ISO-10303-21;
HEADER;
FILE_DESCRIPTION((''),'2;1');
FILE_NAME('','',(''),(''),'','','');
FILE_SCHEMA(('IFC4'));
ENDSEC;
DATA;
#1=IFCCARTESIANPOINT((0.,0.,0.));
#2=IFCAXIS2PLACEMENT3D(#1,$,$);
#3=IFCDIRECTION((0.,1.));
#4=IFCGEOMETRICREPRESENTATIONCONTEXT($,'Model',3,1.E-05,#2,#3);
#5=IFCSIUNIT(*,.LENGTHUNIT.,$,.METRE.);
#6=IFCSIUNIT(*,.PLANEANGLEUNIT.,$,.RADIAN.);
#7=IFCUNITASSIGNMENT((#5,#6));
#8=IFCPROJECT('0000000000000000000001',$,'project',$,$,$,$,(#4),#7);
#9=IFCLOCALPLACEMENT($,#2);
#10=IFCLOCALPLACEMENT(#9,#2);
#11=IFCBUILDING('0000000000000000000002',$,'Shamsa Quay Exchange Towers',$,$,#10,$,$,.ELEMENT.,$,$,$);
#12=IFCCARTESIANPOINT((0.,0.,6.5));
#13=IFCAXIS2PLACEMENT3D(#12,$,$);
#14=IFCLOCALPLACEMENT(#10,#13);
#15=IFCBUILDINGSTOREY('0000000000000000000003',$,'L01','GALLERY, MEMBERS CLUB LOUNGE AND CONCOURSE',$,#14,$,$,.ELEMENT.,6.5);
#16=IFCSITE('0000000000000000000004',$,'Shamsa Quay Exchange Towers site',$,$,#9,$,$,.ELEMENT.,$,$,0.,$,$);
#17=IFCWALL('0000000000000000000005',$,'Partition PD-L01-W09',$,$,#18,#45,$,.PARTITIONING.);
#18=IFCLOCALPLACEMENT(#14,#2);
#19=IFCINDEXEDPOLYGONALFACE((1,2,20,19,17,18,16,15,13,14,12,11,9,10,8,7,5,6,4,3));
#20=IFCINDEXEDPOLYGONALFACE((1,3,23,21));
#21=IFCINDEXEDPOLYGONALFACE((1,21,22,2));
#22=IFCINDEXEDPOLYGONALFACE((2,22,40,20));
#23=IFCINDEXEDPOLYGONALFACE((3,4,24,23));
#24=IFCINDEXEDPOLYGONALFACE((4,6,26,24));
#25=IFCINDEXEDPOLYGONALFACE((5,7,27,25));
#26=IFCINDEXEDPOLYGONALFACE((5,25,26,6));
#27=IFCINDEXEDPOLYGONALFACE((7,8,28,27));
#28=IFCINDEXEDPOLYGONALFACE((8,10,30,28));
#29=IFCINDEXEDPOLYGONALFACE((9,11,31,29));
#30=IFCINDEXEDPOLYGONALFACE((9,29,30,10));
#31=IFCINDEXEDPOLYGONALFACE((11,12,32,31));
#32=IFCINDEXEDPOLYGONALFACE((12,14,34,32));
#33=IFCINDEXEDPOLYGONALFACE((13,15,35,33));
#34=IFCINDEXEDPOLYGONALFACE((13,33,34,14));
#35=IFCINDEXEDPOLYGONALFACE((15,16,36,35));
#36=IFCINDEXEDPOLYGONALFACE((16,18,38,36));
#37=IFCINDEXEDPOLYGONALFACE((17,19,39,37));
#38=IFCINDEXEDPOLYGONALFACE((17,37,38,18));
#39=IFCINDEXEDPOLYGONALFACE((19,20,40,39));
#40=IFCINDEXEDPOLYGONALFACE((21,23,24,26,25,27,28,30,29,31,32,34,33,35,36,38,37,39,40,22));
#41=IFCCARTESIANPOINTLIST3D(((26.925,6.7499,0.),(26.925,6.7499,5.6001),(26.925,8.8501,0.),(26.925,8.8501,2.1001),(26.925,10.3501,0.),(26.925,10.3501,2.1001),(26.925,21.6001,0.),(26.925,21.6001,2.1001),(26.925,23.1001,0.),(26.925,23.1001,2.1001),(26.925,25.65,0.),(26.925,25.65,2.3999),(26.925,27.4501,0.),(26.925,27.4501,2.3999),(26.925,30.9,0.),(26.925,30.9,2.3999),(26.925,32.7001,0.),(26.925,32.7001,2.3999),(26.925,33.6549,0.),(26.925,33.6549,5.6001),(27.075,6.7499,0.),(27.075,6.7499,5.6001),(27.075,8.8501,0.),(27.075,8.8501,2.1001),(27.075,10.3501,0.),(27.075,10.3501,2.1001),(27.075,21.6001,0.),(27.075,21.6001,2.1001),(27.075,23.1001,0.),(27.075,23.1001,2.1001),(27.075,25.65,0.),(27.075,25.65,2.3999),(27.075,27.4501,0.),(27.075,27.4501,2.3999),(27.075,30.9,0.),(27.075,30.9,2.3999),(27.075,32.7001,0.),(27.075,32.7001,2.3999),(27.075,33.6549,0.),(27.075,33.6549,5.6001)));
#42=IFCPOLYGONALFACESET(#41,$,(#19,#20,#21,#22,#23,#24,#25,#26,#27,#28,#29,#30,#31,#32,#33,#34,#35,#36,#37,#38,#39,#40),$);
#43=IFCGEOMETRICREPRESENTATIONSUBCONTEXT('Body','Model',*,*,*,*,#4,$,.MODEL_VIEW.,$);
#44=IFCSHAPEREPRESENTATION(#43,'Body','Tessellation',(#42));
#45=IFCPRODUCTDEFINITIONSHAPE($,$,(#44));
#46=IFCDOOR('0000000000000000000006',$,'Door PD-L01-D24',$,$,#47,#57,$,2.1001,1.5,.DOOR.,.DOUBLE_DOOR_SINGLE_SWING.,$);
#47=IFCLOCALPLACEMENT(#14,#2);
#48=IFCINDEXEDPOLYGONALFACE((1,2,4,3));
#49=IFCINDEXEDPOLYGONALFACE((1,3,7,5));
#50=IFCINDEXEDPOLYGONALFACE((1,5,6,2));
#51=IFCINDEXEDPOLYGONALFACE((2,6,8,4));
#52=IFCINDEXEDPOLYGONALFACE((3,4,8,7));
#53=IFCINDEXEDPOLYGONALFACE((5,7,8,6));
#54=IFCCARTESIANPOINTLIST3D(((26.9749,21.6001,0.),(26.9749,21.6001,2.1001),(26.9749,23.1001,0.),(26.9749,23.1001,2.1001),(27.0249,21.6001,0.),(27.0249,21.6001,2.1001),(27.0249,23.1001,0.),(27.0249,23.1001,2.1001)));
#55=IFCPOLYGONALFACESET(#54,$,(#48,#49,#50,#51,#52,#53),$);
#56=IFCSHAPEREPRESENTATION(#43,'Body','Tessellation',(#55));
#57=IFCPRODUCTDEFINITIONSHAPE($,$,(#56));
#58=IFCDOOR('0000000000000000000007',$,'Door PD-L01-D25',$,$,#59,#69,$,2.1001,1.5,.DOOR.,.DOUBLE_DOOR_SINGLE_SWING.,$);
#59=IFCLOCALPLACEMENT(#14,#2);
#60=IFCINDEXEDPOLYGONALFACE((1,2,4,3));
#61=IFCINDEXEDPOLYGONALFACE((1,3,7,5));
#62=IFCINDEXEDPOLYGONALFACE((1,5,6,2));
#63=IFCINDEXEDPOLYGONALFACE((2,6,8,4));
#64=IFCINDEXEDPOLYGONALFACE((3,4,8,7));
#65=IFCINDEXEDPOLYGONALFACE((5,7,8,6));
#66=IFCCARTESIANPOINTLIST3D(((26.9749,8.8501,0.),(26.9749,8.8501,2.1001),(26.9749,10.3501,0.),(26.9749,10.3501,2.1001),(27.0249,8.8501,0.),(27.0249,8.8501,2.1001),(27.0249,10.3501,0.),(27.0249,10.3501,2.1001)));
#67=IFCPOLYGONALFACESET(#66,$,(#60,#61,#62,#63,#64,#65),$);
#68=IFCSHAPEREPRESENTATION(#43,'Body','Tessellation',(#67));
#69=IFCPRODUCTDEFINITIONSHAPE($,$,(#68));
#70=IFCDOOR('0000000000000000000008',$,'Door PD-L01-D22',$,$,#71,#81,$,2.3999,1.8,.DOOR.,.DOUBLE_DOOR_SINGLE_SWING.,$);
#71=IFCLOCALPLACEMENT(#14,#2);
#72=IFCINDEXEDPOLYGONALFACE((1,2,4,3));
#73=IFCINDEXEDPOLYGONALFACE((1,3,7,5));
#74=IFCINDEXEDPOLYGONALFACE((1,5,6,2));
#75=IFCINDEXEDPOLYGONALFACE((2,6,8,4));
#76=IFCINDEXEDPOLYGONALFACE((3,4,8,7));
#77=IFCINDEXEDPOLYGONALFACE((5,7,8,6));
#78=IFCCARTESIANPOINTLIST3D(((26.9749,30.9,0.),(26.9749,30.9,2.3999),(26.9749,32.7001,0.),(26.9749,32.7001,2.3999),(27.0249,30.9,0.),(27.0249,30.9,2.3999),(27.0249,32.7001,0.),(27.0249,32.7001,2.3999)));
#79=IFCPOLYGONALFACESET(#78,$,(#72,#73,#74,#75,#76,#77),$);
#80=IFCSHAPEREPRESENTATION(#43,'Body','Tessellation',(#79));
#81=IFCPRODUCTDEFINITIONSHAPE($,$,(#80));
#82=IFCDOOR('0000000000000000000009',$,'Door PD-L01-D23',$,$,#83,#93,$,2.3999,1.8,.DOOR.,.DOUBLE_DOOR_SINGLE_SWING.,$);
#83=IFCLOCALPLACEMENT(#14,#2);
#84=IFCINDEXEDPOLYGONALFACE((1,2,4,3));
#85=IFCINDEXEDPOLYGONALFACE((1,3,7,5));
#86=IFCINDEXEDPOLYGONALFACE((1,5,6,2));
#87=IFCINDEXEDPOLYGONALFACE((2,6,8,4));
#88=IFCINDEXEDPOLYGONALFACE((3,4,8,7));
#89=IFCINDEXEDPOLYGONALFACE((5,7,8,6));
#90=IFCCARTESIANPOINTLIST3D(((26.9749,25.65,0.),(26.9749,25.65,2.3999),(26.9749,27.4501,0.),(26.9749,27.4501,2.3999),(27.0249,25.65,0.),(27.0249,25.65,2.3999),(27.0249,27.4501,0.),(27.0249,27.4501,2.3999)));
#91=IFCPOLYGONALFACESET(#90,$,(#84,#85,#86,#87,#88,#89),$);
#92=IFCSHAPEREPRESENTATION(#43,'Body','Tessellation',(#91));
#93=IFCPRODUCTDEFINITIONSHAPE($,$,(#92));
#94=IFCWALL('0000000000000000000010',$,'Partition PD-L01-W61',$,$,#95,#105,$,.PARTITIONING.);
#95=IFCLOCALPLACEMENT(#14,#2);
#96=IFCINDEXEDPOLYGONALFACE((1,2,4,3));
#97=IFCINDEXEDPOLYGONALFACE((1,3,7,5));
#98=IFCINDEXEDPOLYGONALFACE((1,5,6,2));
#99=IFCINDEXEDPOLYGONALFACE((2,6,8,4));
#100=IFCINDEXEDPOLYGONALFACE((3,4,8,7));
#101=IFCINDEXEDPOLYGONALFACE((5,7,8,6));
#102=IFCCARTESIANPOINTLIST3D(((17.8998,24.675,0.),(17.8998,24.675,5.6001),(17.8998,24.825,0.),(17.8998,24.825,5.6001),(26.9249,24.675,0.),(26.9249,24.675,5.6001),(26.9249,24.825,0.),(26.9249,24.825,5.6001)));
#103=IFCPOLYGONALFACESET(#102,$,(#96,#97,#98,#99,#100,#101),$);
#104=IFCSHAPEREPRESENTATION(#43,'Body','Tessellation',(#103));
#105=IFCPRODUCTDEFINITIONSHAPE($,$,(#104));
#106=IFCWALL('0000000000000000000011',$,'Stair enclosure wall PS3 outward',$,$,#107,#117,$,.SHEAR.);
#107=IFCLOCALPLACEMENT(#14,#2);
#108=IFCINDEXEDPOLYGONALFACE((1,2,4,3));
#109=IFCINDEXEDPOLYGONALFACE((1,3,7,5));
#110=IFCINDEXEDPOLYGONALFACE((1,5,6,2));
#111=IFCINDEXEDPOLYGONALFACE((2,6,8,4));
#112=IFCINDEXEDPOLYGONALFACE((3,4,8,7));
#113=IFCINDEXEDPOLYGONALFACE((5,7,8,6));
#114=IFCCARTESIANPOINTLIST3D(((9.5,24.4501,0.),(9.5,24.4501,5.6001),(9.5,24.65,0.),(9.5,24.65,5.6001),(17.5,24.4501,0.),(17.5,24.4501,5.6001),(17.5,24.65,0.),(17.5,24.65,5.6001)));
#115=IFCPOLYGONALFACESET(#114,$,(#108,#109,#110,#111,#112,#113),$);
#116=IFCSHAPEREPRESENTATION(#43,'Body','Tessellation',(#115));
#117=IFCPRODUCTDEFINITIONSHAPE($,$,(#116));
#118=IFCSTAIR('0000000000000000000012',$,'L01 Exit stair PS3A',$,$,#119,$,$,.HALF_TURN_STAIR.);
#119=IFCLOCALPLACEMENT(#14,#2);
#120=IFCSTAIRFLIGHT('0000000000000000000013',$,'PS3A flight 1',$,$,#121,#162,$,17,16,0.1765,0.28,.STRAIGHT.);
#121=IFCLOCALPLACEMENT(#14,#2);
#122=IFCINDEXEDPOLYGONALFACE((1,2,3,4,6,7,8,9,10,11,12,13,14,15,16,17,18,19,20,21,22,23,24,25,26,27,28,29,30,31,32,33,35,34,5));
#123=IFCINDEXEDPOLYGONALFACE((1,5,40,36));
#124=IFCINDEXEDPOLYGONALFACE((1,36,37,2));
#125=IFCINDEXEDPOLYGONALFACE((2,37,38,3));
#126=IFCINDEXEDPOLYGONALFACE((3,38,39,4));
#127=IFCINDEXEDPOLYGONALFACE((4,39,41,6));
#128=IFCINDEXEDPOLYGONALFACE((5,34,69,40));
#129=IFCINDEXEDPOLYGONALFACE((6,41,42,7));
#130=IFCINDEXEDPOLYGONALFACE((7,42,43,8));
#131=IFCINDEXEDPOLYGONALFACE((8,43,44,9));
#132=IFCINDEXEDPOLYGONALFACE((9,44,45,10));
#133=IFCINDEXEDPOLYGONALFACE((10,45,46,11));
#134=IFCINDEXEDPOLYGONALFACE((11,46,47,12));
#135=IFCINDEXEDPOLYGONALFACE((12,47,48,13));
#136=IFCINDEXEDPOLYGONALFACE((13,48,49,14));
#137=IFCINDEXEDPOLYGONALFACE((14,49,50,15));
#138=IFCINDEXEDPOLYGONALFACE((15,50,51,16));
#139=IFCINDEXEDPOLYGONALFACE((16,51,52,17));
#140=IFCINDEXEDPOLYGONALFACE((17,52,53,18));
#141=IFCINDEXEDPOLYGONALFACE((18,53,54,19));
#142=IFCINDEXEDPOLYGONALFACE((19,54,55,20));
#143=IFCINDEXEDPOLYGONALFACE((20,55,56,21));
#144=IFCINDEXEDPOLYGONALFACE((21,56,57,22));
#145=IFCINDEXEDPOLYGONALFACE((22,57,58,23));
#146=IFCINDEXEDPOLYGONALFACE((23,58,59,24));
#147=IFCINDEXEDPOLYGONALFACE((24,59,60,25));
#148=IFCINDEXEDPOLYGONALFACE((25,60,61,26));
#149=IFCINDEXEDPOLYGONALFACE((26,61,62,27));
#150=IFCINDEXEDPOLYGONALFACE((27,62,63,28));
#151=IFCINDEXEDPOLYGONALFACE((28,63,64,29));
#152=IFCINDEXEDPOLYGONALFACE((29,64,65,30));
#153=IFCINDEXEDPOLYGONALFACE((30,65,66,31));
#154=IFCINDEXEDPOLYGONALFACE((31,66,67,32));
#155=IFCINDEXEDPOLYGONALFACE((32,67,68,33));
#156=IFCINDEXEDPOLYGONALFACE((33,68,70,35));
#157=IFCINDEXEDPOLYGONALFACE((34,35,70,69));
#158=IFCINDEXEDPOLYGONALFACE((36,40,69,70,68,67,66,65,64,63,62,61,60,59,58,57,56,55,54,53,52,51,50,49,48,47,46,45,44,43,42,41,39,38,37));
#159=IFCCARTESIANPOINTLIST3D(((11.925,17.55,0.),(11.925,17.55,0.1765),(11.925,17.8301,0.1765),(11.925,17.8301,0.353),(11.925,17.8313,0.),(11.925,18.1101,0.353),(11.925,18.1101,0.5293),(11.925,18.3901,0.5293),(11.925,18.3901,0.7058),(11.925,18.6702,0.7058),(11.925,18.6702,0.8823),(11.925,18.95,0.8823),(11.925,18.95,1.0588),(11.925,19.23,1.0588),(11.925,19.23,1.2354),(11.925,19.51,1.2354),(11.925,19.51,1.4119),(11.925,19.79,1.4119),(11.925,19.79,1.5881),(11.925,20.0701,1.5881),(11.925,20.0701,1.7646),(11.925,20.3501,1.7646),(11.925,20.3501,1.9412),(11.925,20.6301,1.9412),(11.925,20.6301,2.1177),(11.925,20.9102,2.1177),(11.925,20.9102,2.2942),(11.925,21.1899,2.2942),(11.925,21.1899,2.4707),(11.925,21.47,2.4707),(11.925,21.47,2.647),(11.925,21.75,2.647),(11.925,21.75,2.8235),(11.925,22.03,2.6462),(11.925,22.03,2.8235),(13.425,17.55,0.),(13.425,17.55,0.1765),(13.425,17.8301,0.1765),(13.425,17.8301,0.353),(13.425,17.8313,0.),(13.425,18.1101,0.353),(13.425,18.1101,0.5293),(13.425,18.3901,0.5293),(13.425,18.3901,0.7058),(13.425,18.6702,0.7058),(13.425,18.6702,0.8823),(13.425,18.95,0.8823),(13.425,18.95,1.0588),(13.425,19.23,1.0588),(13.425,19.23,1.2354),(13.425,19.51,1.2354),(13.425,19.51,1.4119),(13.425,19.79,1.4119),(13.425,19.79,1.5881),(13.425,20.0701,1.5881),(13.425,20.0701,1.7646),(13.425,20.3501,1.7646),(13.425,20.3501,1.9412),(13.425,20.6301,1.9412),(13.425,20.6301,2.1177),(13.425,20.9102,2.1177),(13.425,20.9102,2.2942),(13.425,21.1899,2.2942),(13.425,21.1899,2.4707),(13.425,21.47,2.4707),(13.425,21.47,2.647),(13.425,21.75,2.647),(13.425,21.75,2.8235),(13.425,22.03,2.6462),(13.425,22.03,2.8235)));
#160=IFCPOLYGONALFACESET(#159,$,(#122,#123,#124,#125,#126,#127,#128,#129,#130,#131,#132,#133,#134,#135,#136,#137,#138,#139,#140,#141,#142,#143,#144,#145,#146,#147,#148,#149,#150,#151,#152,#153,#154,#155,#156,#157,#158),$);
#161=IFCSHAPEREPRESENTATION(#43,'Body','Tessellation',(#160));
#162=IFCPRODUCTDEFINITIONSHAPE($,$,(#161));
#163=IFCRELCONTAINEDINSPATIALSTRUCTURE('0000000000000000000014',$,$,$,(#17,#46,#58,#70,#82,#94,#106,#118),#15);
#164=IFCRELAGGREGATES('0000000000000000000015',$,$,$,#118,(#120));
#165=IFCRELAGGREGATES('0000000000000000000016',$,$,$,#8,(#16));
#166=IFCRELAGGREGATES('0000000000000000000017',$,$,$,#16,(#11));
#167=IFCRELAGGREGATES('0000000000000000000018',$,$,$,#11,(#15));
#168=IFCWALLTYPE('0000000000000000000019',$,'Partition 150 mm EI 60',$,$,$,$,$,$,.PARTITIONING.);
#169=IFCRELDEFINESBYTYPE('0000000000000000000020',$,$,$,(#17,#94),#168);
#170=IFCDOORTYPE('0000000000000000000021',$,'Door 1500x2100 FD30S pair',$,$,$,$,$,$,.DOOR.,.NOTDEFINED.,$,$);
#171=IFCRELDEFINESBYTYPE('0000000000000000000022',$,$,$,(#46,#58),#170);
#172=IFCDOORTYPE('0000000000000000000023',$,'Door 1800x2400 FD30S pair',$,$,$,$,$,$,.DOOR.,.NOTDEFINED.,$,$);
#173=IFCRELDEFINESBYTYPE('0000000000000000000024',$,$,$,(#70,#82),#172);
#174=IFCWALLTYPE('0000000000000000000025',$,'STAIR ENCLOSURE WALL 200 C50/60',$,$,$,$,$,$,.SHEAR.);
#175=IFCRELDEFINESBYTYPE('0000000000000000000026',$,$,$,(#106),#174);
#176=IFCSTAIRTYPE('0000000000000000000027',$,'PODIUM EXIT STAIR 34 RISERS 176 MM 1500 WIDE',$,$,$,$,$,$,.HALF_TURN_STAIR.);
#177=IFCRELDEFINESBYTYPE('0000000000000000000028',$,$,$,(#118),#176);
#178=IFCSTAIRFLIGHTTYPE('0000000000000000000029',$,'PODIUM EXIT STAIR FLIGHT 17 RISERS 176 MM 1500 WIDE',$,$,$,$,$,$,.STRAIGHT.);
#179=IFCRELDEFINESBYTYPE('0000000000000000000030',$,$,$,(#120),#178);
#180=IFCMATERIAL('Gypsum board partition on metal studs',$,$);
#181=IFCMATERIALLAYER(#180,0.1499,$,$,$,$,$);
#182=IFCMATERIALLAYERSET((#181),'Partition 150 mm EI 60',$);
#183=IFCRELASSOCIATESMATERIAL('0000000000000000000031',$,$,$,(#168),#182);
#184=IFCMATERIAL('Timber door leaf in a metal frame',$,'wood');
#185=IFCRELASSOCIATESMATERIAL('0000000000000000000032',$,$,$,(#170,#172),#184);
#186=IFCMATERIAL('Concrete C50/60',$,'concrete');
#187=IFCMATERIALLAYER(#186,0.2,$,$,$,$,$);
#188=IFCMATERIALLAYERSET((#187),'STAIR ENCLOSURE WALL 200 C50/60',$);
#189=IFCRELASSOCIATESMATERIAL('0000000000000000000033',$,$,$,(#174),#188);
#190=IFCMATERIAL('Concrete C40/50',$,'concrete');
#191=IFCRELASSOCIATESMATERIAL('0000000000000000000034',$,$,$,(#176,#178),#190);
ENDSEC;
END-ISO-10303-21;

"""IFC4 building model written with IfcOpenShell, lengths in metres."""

from ifc_helpers import new_model, si_unit, direction, frame, frame_2d, origin, place, context, subcontext, project, spatial, polyline, rectangle, outline, extrude, material, layer, layer_set, type_object, element, fill, aggregate, save


model = new_model("IFC4")

# Units and contexts
model_context = context("Model", 3, precision=1e-05, world=origin(), true_north=direction((0.0, 1.0)))
body_context = subcontext(model_context, "Body", "Model", "MODEL_VIEW")
ifc_project = project(units=[si_unit("LENGTHUNIT", "METRE"), si_unit("PLANEANGLEUNIT", "RADIAN")], contexts=[model_context])

# Site, building, storey
site_placement = place(None, origin())
site = spatial("IfcSite", under=ifc_project, at=site_placement, Name="Shamsa Quay Exchange Towers site", CompositionType="ELEMENT", RefElevation=0.0)
building_placement = place(site_placement, origin())
building = spatial("IfcBuilding", under=site, at=building_placement, Name="Shamsa Quay Exchange Towers", CompositionType="ELEMENT")
storey_placement = place(building_placement, frame((0.0, 0.0, 6.5)))
storey = spatial("IfcBuildingStorey", under=building, at=storey_placement, Name="L01", Description="GALLERY, MEMBERS CLUB LOUNGE AND CONCOURSE", CompositionType="ELEMENT", Elevation=6.5)

# Shared definitions
ifc_material_1 = material(Name="Timber door leaf in a metal frame", Category="wood")

# Wall, openings, doors
ifc_material_2 = material(Name="Gypsum board partition on metal studs")
ifc_layer_1 = layer(ifc_material_2, 0.1499)
ifc_layer_set_1 = layer_set([ifc_layer_1], Name="Partition 150 mm EI 60")
wall_type_1 = type_object("IfcWallType", Name="Partition 150 mm EI 60", PredefinedType="PARTITIONING", material=ifc_layer_set_1)
wall_1_placement = place(storey_placement, frame((27.0, 33.655, 0.0), z_axis=(0.0, 0.0, 1.0), x_axis=(0.0, -1.0, 0.0)))
wall_1 = element("IfcWall", 1, at=wall_1_placement, inside=storey, type_object=wall_type_1, Name="Partition PD-L01-W09", PredefinedType="PARTITIONING", context=body_context, shape_type="SweptSolid", body=[
    extrude(rectangle(XDim=26.905, YDim=0.1499, at=frame_2d((13.4526, 0.0))), origin(), (0.0, 0.0, 1.0), 5.6001),
])
opening_1_placement = place(wall_1_placement, frame((0.9551, 0.0, 0.0)))
opening_1 = element("IfcOpeningElement", 2, at=opening_1_placement, cuts=wall_1, PredefinedType="OPENING", context=body_context, shape_type="SweptSolid", body=[
    extrude(rectangle(XDim=1.8, YDim=2.3999, at=frame_2d((0.8999, 1.2))), frame((0.0, 0.085, 0.0), z_axis=(0.0, -1.0, 0.0), x_axis=(1.0, 0.0, 0.0)), (0.0, 0.0, 1.0), 0.1699),
])
opening_2_placement = place(wall_1_placement, frame((6.2051, 0.0, 0.0)))
opening_2 = element("IfcOpeningElement", 3, at=opening_2_placement, cuts=wall_1, PredefinedType="OPENING", context=body_context, shape_type="SweptSolid", body=[
    extrude(rectangle(XDim=1.8, YDim=2.3999, at=frame_2d((0.8999, 1.2))), frame((0.0, 0.085, 0.0), z_axis=(0.0, -1.0, 0.0), x_axis=(1.0, 0.0, 0.0)), (0.0, 0.0, 1.0), 0.1699),
])
opening_3_placement = place(wall_1_placement, frame((10.5549, 0.0, 0.0)))
opening_3 = element("IfcOpeningElement", 4, at=opening_3_placement, cuts=wall_1, PredefinedType="OPENING", context=body_context, shape_type="SweptSolid", body=[
    extrude(rectangle(XDim=1.5, YDim=2.1001, at=frame_2d((0.75, 1.05))), frame((0.0, 0.085, 0.0), z_axis=(0.0, -1.0, 0.0), x_axis=(1.0, 0.0, 0.0)), (0.0, 0.0, 1.0), 0.1699),
])
opening_4_placement = place(wall_1_placement, frame((23.3049, 0.0, 0.0)))
opening_4 = element("IfcOpeningElement", 5, at=opening_4_placement, cuts=wall_1, PredefinedType="OPENING", context=body_context, shape_type="SweptSolid", body=[
    extrude(rectangle(XDim=1.5, YDim=2.1001, at=frame_2d((0.75, 1.05))), frame((0.0, 0.085, 0.0), z_axis=(0.0, -1.0, 0.0), x_axis=(1.0, 0.0, 0.0)), (0.0, 0.0, 1.0), 0.1699),
])
door_type_1 = type_object("IfcDoorType", Name="Door 1500x2100 FD30S pair", OperationType="NOTDEFINED", PredefinedType="DOOR", material=ifc_material_1)
door_1_placement = place(opening_3_placement, origin())
door_1 = element("IfcDoor", 6, at=door_1_placement, inside=storey, type_object=door_type_1, Name="Door PD-L01-D24", OperationType="DOUBLE_DOOR_SINGLE_SWING", OverallHeight=2.1001, OverallWidth=1.5, PredefinedType="DOOR", context=body_context, shape_type="SweptSolid", body=[
    extrude(rectangle(XDim=1.5, YDim=2.1001, at=frame_2d((0.75, 1.05))), frame((0.0, 0.0249, 0.0), z_axis=(0.0, -1.0, 0.0), x_axis=(1.0, 0.0, 0.0)), (0.0, 0.0, 1.0), 0.05),
])
fill(opening_3, door_1)
door_2_placement = place(opening_4_placement, origin())
door_2 = element("IfcDoor", 7, at=door_2_placement, inside=storey, type_object=door_type_1, Name="Door PD-L01-D25", OperationType="DOUBLE_DOOR_SINGLE_SWING", OverallHeight=2.1001, OverallWidth=1.5, PredefinedType="DOOR", context=body_context, shape_type="SweptSolid", body=[
    extrude(rectangle(XDim=1.5, YDim=2.1001, at=frame_2d((0.75, 1.05))), frame((0.0, 0.0249, 0.0), z_axis=(0.0, -1.0, 0.0), x_axis=(1.0, 0.0, 0.0)), (0.0, 0.0, 1.0), 0.05),
])
fill(opening_4, door_2)
door_type_2 = type_object("IfcDoorType", Name="Door 1800x2400 FD30S pair", OperationType="NOTDEFINED", PredefinedType="DOOR", material=ifc_material_1)
door_3_placement = place(opening_1_placement, origin())
door_3 = element("IfcDoor", 8, at=door_3_placement, inside=storey, type_object=door_type_2, Name="Door PD-L01-D22", OperationType="DOUBLE_DOOR_SINGLE_SWING", OverallHeight=2.3999, OverallWidth=1.8, PredefinedType="DOOR", context=body_context, shape_type="SweptSolid", body=[
    extrude(rectangle(XDim=1.8, YDim=2.3999, at=frame_2d((0.8999, 1.2))), frame((0.0, 0.0249, 0.0), z_axis=(0.0, -1.0, 0.0), x_axis=(1.0, 0.0, 0.0)), (0.0, 0.0, 1.0), 0.05),
])
fill(opening_1, door_3)
door_4_placement = place(opening_2_placement, origin())
door_4 = element("IfcDoor", 9, at=door_4_placement, inside=storey, type_object=door_type_2, Name="Door PD-L01-D23", OperationType="DOUBLE_DOOR_SINGLE_SWING", OverallHeight=2.3999, OverallWidth=1.8, PredefinedType="DOOR", context=body_context, shape_type="SweptSolid", body=[
    extrude(rectangle(XDim=1.8, YDim=2.3999, at=frame_2d((0.8999, 1.2))), frame((0.0, 0.0249, 0.0), z_axis=(0.0, -1.0, 0.0), x_axis=(1.0, 0.0, 0.0)), (0.0, 0.0, 1.0), 0.05),
])
fill(opening_2, door_4)

# Walls
wall_2_placement = place(storey_placement, frame((26.925, 24.75, 0.0), z_axis=(0.0, 0.0, 1.0), x_axis=(-1.0, 0.0, 0.0)))
element("IfcWall", 10, at=wall_2_placement, inside=storey, type_object=wall_type_1, Name="Partition PD-L01-W61", PredefinedType="PARTITIONING", context=body_context, shape_type="SweptSolid", body=[
    extrude(rectangle(XDim=9.0251, YDim=0.1499, at=frame_2d((4.5127, 0.0))), origin(), (0.0, 0.0, 1.0), 5.6001),
])
ifc_material_3 = material(Name="Concrete C50/60", Category="concrete")
ifc_layer_2 = layer(ifc_material_3, 0.2)
ifc_layer_set_2 = layer_set([ifc_layer_2], Name="STAIR ENCLOSURE WALL 200 C50/60")
wall_type_2 = type_object("IfcWallType", Name="STAIR ENCLOSURE WALL 200 C50/60", PredefinedType="SHEAR", material=ifc_layer_set_2)
wall_3_placement = place(storey_placement, frame((9.5, 24.55, 0.0)))
element("IfcWall", 11, at=wall_3_placement, inside=storey, type_object=wall_type_2, Name="Stair enclosure wall PS3 outward", PredefinedType="SHEAR", context=body_context, shape_type="SweptSolid", body=[
    extrude(rectangle(XDim=8.0, YDim=0.2, at=frame_2d((4.0, 0.0))), origin(), (0.0, 0.0, 1.0), 5.6001),
])

# Stair, stair flight
ifc_material_4 = material(Name="Concrete C40/50", Category="concrete")
stair_type = type_object("IfcStairType", Name="PODIUM EXIT STAIR 34 RISERS 176 MM 1500 WIDE", PredefinedType="HALF_TURN_STAIR", material=ifc_material_4)
stair_1_placement = place(storey_placement, origin())
stair_1 = element("IfcStair", 12, at=stair_1_placement, inside=storey, type_object=stair_type, Name="L01 Exit stair PS3A", PredefinedType="HALF_TURN_STAIR")
stair_flight_type = type_object("IfcStairFlightType", Name="PODIUM EXIT STAIR FLIGHT 17 RISERS 176 MM 1500 WIDE", PredefinedType="STRAIGHT", material=ifc_material_4)
stair_flight_1_placement = place(storey_placement, frame((12.675, 17.55, 0.0), z_axis=(0.0, 0.0, 1.0), x_axis=(0.0, 1.0, 0.0)))
stair_flight_1 = element("IfcStairFlight", 13, at=stair_flight_1_placement, type_object=stair_flight_type, Name="PS3A flight 1", NumberOfRisers=17, NumberOfTreads=16, PredefinedType="STRAIGHT", RiserHeight=0.1765, TreadLength=0.28, context=body_context, shape_type="SweptSolid", body=[
    extrude(outline(polyline([(0.0, 0.0), (0.0, 0.1765), (0.28, 0.1765), (0.28, 0.353), (0.5601, 0.353), (0.5601, 0.5293), (0.8401, 0.5293), (0.8401, 0.7058), (1.1201, 0.7058), (1.1201, 0.8823), (1.3999, 0.8823), (1.3999, 1.0588), (1.6799, 1.0588), (1.6799, 1.2354), (1.96, 1.2354), (1.96, 1.4119), (2.24, 1.4119), (2.24, 1.5881), (2.52, 1.5881), (2.52, 1.7646), (2.8, 1.7646), (2.8, 1.9412), (3.0801, 1.9412), (3.0801, 2.1177), (3.3601, 2.1177), (3.3601, 2.2942), (3.6399, 2.2942), (3.6399, 2.4707), (3.9199, 2.4707), (3.9199, 2.647), (4.2, 2.647), (4.2, 2.8235), (4.48, 2.8235), (4.48, 3.0), (4.48, 2.6462), (0.2812, 0.0), (0.0, 0.0)])), frame((0.0, 0.75, 0.0), z_axis=(0.0, -1.0, 0.0), x_axis=(1.0, 0.0, 0.0)), (0.0, 0.0, 1.0), 1.5),
])
aggregate(stair_1, [stair_flight_1])

save(model, "model.ifc")
